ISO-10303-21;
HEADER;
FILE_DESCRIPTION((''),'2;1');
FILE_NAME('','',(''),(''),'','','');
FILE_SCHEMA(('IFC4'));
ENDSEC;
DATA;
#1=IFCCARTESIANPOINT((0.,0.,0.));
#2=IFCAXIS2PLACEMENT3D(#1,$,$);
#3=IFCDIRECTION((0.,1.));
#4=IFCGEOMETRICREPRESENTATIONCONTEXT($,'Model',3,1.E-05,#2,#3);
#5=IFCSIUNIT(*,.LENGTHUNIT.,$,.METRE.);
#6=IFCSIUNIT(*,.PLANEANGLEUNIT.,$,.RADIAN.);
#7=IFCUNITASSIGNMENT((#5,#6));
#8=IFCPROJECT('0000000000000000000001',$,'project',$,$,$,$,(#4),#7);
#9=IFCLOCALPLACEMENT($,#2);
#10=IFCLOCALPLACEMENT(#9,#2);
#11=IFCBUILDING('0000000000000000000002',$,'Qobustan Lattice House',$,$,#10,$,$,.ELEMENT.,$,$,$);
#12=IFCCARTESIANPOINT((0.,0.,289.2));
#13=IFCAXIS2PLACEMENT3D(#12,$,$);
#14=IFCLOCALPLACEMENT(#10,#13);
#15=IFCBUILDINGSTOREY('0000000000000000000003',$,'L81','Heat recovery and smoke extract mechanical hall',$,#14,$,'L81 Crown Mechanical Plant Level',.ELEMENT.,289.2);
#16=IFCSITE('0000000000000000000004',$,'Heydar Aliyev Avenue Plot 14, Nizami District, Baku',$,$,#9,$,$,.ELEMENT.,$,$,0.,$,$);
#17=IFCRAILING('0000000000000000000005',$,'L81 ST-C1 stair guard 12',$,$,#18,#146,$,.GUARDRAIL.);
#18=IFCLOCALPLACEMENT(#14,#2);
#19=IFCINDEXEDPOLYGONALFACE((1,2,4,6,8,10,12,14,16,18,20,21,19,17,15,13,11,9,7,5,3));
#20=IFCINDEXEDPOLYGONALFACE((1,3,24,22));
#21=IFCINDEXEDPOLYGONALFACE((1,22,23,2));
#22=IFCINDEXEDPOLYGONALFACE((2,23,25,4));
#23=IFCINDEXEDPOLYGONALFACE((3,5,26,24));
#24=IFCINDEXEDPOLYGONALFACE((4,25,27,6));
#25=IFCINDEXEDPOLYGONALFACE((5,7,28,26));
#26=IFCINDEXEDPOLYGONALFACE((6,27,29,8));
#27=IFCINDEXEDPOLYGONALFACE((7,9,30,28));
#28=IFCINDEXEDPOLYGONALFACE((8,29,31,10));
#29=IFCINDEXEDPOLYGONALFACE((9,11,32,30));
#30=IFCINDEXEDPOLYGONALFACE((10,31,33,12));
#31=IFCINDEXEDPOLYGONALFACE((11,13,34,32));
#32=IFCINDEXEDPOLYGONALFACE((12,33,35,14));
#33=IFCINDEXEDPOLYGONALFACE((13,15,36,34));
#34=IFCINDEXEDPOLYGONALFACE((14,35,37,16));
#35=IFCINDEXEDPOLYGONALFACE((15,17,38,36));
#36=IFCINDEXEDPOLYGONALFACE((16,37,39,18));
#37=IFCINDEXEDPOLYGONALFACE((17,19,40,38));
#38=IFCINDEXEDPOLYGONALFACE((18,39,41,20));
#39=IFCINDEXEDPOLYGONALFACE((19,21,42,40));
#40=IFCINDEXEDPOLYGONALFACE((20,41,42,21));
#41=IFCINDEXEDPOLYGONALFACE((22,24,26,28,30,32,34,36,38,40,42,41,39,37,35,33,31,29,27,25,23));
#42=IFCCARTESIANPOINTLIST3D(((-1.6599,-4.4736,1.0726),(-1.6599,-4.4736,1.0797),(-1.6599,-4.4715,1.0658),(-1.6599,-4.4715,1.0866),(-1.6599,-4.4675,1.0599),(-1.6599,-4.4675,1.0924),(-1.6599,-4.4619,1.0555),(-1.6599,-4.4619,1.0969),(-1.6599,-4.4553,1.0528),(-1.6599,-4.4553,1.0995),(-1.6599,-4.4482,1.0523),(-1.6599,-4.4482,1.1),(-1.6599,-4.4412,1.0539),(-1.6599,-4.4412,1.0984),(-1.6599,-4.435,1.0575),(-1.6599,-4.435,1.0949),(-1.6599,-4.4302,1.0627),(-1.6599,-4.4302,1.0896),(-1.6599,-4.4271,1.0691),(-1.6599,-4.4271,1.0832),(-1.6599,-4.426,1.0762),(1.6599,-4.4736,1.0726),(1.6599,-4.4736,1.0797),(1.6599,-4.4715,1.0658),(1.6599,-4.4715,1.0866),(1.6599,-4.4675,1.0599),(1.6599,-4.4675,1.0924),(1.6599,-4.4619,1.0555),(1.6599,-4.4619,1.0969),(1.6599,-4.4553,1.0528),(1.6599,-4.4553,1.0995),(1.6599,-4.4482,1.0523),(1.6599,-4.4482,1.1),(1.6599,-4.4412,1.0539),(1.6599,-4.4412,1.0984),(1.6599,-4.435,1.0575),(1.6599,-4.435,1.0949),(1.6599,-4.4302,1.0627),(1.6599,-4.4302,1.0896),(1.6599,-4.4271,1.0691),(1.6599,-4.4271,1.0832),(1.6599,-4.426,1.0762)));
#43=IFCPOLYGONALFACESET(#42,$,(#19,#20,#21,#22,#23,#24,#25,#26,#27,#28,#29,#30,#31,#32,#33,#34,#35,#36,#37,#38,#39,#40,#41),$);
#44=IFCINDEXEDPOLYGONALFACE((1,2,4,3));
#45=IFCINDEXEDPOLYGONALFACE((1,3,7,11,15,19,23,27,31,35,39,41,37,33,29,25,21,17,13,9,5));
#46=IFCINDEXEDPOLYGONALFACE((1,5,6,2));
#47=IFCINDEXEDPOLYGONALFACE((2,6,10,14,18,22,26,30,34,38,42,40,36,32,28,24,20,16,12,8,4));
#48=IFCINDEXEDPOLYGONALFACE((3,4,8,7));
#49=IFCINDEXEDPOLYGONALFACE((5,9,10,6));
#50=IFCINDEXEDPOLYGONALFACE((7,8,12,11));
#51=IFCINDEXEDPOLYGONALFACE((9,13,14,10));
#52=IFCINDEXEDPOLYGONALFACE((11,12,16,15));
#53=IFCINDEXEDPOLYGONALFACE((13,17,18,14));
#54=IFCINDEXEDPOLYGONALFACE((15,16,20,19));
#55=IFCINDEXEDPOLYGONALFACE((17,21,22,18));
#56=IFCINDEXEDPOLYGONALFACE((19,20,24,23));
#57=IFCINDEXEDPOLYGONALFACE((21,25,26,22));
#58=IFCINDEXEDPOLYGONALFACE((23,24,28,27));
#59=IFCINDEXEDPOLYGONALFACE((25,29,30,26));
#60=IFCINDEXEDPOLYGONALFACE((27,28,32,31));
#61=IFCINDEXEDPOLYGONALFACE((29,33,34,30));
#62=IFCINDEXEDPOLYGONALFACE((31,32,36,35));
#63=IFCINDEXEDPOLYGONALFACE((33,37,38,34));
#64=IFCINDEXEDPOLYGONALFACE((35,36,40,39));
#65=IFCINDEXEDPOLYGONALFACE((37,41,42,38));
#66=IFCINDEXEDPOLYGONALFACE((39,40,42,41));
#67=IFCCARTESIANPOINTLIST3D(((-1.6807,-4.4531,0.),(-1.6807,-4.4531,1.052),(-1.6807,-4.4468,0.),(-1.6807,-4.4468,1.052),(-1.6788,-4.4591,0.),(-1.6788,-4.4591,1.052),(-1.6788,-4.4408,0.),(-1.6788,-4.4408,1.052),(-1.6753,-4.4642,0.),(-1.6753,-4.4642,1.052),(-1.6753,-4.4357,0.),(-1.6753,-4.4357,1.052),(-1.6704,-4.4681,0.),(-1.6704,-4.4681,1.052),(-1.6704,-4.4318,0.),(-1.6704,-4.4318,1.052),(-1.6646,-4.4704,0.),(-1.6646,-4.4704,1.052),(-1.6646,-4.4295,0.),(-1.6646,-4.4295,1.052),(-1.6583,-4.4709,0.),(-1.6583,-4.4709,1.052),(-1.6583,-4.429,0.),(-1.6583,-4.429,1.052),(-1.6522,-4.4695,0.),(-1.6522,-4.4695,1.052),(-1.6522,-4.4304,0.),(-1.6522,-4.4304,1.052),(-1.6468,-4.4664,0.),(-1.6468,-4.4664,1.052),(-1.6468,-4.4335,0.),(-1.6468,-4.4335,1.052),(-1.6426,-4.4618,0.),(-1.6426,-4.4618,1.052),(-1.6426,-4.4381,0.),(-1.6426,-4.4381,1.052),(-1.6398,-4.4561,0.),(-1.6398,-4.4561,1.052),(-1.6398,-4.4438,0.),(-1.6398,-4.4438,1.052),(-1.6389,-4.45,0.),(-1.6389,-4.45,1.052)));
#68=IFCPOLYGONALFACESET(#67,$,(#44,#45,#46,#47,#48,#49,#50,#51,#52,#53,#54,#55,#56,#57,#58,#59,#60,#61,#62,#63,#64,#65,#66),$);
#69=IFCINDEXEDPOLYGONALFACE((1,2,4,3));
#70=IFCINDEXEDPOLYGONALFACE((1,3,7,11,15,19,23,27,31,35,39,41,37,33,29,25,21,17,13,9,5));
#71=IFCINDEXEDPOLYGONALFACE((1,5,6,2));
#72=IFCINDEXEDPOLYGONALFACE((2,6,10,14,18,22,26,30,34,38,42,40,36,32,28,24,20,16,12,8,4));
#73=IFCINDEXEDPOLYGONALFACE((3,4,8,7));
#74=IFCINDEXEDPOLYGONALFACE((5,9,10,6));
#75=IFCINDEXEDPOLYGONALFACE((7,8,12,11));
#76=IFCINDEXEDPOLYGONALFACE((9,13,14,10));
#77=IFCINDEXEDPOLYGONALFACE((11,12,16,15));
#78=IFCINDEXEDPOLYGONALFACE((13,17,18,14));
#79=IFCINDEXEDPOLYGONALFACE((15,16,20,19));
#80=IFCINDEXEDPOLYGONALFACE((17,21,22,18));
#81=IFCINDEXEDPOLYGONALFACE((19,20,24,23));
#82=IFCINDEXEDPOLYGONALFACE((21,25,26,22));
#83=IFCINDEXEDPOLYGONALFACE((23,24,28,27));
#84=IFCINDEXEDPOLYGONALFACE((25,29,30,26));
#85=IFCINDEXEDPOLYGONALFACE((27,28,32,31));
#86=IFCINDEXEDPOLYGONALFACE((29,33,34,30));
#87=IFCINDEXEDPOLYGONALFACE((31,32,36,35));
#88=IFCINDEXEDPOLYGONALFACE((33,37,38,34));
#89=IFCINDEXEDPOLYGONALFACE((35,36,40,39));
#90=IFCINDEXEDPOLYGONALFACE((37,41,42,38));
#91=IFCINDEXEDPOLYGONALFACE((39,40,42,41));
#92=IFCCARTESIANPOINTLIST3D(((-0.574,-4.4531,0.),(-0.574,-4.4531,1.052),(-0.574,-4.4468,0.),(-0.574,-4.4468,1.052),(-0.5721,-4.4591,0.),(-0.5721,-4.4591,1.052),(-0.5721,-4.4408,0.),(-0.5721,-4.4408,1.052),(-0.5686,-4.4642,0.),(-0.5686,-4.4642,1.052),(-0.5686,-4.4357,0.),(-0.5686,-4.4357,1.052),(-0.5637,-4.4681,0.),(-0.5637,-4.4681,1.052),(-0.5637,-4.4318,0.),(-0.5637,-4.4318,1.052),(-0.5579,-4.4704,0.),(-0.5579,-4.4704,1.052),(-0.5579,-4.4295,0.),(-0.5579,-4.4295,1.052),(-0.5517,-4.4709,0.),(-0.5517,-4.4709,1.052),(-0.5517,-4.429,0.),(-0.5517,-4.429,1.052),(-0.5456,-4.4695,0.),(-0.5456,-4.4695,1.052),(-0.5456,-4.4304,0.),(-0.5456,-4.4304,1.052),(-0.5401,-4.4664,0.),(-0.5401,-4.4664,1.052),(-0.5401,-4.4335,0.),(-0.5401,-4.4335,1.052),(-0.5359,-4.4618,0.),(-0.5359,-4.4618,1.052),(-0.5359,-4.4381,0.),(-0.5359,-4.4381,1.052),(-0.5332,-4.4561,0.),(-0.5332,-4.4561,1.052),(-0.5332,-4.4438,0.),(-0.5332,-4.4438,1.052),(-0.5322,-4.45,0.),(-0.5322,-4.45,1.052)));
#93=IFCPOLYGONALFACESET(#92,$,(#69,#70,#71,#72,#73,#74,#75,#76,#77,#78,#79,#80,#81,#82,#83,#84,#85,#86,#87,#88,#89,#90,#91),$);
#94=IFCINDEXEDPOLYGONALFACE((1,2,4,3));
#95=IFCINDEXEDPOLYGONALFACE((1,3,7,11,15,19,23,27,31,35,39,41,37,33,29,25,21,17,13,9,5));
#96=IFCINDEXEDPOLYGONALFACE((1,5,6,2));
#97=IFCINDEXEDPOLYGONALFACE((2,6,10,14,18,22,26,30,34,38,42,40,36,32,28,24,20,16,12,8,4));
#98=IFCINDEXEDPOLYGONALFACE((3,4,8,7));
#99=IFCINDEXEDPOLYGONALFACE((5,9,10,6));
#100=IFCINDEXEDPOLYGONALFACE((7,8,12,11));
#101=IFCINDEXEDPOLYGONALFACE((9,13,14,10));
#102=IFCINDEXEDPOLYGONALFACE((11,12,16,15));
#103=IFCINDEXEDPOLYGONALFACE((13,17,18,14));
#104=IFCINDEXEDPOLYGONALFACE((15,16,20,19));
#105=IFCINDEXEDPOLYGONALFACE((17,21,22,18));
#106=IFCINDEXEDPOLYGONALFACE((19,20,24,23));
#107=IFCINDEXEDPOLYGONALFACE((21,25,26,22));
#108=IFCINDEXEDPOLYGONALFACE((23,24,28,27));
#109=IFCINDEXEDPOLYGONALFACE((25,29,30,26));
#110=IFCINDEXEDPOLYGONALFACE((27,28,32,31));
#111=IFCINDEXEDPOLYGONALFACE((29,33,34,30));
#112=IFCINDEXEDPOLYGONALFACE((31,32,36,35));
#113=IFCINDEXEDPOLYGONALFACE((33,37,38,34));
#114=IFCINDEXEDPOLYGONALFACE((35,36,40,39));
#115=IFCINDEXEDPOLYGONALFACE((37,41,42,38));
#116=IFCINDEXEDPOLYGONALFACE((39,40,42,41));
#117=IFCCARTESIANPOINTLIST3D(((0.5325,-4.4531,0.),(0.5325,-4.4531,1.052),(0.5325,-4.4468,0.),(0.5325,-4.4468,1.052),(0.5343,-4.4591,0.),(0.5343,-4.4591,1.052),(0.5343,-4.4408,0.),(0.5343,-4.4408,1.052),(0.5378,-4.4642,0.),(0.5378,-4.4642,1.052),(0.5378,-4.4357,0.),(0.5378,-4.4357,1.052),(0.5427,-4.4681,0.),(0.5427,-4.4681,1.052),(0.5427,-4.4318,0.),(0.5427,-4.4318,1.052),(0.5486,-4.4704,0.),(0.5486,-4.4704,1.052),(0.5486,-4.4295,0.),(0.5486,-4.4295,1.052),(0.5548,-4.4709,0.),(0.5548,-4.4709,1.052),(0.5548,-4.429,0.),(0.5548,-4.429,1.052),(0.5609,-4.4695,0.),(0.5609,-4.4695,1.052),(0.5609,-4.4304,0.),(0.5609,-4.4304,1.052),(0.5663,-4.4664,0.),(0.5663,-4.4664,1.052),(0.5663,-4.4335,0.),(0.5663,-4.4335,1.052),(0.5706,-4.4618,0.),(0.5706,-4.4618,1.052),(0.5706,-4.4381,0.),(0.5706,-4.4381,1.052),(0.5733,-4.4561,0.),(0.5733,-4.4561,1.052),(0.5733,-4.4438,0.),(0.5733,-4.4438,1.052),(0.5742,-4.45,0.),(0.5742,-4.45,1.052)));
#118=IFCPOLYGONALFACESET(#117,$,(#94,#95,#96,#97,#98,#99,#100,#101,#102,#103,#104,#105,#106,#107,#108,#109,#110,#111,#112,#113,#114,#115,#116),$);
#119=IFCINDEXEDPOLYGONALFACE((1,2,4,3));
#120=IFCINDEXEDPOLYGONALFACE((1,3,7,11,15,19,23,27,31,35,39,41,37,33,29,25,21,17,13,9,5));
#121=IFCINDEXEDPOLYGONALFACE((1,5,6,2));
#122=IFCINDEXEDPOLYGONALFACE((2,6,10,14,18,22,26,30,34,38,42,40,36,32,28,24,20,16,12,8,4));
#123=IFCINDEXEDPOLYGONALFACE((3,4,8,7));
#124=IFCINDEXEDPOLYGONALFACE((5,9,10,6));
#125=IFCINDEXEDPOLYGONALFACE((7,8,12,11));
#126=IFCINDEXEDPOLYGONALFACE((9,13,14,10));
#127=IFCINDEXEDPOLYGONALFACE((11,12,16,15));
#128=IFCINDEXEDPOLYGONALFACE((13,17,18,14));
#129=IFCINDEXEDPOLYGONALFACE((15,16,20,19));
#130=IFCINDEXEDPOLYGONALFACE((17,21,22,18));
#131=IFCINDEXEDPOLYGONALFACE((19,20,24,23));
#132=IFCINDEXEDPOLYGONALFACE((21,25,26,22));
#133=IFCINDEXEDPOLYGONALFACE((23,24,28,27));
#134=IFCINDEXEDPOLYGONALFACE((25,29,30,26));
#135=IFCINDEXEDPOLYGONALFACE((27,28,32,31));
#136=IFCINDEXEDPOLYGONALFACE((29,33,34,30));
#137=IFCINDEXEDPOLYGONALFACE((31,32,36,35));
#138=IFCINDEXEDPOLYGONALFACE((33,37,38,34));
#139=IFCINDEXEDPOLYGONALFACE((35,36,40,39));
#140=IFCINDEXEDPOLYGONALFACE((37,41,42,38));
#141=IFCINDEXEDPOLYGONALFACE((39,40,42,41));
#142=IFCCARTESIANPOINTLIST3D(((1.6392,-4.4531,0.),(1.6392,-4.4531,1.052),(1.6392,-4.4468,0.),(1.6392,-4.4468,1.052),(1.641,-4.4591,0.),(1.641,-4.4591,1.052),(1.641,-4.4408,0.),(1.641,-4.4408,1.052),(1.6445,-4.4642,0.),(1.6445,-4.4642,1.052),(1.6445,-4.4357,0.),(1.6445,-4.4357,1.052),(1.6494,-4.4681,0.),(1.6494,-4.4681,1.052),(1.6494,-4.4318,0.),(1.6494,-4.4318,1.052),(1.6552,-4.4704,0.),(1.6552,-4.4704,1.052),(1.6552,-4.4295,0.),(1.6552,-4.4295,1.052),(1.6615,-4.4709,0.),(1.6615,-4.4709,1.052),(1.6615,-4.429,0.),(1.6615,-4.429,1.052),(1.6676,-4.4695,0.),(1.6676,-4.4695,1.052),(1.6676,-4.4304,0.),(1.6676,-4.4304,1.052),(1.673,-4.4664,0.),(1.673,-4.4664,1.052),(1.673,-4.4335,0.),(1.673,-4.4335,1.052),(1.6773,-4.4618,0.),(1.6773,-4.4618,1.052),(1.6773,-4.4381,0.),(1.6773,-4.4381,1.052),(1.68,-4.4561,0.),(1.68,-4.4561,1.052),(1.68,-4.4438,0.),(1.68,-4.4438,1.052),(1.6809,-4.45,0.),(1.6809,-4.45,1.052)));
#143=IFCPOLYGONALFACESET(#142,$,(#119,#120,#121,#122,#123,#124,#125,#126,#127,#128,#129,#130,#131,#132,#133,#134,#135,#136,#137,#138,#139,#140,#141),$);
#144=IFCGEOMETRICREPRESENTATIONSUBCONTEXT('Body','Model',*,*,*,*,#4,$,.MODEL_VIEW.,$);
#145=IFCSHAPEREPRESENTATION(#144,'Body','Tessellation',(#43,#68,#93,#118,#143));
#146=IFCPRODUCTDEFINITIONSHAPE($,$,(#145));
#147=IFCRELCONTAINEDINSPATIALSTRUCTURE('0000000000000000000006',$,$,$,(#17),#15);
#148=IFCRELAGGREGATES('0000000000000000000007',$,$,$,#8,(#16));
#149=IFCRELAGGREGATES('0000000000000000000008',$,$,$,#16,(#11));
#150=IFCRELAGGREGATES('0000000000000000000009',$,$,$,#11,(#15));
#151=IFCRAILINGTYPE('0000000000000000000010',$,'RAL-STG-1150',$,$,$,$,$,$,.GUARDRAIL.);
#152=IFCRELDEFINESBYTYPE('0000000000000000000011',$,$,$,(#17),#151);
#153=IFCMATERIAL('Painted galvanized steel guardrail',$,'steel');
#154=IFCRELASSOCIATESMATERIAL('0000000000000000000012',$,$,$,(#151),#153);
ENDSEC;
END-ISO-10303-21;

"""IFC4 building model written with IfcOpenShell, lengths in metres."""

from ifc_helpers import new_model, si_unit, direction, frame, origin, origin_2d, place, context, subcontext, project, spatial, circle, extrude, material, type_object, element, save


model = new_model("IFC4")

# Units and contexts
model_context = context("Model", 3, precision=1e-05, world=origin(), true_north=direction((0.0, 1.0)))
body_context = subcontext(model_context, "Body", "Model", "MODEL_VIEW")
ifc_project = project(units=[si_unit("LENGTHUNIT", "METRE"), si_unit("PLANEANGLEUNIT", "RADIAN")], contexts=[model_context])

# Site, building, storey
site_placement = place(None, origin())
site = spatial("IfcSite", under=ifc_project, at=site_placement, Name="Heydar Aliyev Avenue Plot 14, Nizami District, Baku", CompositionType="ELEMENT", RefElevation=0.0)
building_placement = place(site_placement, origin())
building = spatial("IfcBuilding", under=site, at=building_placement, Name="Qobustan Lattice House", CompositionType="ELEMENT")
storey_placement = place(building_placement, frame((0.0, 0.0, 289.2)))
storey = spatial("IfcBuildingStorey", under=building, at=storey_placement, Name="L81", Description="Heat recovery and smoke extract mechanical hall", LongName="L81 Crown Mechanical Plant Level", CompositionType="ELEMENT", Elevation=289.2)

# Railing
ifc_material_1 = material(Name="Painted galvanized steel guardrail", Category="steel")
railing_type = type_object("IfcRailingType", Name="RAL-STG-1150", PredefinedType="GUARDRAIL", material=ifc_material_1)
railing_1_placement = place(storey_placement, frame((-1.6599, -4.45, 0.0)))
element("IfcRailing", 1, at=railing_1_placement, inside=storey, type_object=railing_type, Name="L81 ST-C1 stair guard 12", PredefinedType="GUARDRAIL", context=body_context, shape_type="SweptSolid", body=[
    extrude(circle(Radius=0.0239, at=origin_2d()), frame((0.0, 0.0, 1.0762), z_axis=(1.0, 0.0, 0.0), x_axis=(0.0, 1.0, 0.0)), (0.0, 0.0, 1.0), 3.3198),
    extrude(circle(Radius=0.021, at=origin_2d()), origin(), (0.0, 0.0, 1.0), 1.052),
    extrude(circle(Radius=0.021, at=origin_2d()), frame((1.1067, 0.0, 0.0)), (0.0, 0.0, 1.0), 1.052),
    extrude(circle(Radius=0.021, at=origin_2d()), frame((2.2131, 0.0, 0.0)), (0.0, 0.0, 1.0), 1.052),
    extrude(circle(Radius=0.021, at=origin_2d()), frame((3.3198, 0.0, 0.0)), (0.0, 0.0, 1.0), 1.052),
])

save(model, "model.ifc")
